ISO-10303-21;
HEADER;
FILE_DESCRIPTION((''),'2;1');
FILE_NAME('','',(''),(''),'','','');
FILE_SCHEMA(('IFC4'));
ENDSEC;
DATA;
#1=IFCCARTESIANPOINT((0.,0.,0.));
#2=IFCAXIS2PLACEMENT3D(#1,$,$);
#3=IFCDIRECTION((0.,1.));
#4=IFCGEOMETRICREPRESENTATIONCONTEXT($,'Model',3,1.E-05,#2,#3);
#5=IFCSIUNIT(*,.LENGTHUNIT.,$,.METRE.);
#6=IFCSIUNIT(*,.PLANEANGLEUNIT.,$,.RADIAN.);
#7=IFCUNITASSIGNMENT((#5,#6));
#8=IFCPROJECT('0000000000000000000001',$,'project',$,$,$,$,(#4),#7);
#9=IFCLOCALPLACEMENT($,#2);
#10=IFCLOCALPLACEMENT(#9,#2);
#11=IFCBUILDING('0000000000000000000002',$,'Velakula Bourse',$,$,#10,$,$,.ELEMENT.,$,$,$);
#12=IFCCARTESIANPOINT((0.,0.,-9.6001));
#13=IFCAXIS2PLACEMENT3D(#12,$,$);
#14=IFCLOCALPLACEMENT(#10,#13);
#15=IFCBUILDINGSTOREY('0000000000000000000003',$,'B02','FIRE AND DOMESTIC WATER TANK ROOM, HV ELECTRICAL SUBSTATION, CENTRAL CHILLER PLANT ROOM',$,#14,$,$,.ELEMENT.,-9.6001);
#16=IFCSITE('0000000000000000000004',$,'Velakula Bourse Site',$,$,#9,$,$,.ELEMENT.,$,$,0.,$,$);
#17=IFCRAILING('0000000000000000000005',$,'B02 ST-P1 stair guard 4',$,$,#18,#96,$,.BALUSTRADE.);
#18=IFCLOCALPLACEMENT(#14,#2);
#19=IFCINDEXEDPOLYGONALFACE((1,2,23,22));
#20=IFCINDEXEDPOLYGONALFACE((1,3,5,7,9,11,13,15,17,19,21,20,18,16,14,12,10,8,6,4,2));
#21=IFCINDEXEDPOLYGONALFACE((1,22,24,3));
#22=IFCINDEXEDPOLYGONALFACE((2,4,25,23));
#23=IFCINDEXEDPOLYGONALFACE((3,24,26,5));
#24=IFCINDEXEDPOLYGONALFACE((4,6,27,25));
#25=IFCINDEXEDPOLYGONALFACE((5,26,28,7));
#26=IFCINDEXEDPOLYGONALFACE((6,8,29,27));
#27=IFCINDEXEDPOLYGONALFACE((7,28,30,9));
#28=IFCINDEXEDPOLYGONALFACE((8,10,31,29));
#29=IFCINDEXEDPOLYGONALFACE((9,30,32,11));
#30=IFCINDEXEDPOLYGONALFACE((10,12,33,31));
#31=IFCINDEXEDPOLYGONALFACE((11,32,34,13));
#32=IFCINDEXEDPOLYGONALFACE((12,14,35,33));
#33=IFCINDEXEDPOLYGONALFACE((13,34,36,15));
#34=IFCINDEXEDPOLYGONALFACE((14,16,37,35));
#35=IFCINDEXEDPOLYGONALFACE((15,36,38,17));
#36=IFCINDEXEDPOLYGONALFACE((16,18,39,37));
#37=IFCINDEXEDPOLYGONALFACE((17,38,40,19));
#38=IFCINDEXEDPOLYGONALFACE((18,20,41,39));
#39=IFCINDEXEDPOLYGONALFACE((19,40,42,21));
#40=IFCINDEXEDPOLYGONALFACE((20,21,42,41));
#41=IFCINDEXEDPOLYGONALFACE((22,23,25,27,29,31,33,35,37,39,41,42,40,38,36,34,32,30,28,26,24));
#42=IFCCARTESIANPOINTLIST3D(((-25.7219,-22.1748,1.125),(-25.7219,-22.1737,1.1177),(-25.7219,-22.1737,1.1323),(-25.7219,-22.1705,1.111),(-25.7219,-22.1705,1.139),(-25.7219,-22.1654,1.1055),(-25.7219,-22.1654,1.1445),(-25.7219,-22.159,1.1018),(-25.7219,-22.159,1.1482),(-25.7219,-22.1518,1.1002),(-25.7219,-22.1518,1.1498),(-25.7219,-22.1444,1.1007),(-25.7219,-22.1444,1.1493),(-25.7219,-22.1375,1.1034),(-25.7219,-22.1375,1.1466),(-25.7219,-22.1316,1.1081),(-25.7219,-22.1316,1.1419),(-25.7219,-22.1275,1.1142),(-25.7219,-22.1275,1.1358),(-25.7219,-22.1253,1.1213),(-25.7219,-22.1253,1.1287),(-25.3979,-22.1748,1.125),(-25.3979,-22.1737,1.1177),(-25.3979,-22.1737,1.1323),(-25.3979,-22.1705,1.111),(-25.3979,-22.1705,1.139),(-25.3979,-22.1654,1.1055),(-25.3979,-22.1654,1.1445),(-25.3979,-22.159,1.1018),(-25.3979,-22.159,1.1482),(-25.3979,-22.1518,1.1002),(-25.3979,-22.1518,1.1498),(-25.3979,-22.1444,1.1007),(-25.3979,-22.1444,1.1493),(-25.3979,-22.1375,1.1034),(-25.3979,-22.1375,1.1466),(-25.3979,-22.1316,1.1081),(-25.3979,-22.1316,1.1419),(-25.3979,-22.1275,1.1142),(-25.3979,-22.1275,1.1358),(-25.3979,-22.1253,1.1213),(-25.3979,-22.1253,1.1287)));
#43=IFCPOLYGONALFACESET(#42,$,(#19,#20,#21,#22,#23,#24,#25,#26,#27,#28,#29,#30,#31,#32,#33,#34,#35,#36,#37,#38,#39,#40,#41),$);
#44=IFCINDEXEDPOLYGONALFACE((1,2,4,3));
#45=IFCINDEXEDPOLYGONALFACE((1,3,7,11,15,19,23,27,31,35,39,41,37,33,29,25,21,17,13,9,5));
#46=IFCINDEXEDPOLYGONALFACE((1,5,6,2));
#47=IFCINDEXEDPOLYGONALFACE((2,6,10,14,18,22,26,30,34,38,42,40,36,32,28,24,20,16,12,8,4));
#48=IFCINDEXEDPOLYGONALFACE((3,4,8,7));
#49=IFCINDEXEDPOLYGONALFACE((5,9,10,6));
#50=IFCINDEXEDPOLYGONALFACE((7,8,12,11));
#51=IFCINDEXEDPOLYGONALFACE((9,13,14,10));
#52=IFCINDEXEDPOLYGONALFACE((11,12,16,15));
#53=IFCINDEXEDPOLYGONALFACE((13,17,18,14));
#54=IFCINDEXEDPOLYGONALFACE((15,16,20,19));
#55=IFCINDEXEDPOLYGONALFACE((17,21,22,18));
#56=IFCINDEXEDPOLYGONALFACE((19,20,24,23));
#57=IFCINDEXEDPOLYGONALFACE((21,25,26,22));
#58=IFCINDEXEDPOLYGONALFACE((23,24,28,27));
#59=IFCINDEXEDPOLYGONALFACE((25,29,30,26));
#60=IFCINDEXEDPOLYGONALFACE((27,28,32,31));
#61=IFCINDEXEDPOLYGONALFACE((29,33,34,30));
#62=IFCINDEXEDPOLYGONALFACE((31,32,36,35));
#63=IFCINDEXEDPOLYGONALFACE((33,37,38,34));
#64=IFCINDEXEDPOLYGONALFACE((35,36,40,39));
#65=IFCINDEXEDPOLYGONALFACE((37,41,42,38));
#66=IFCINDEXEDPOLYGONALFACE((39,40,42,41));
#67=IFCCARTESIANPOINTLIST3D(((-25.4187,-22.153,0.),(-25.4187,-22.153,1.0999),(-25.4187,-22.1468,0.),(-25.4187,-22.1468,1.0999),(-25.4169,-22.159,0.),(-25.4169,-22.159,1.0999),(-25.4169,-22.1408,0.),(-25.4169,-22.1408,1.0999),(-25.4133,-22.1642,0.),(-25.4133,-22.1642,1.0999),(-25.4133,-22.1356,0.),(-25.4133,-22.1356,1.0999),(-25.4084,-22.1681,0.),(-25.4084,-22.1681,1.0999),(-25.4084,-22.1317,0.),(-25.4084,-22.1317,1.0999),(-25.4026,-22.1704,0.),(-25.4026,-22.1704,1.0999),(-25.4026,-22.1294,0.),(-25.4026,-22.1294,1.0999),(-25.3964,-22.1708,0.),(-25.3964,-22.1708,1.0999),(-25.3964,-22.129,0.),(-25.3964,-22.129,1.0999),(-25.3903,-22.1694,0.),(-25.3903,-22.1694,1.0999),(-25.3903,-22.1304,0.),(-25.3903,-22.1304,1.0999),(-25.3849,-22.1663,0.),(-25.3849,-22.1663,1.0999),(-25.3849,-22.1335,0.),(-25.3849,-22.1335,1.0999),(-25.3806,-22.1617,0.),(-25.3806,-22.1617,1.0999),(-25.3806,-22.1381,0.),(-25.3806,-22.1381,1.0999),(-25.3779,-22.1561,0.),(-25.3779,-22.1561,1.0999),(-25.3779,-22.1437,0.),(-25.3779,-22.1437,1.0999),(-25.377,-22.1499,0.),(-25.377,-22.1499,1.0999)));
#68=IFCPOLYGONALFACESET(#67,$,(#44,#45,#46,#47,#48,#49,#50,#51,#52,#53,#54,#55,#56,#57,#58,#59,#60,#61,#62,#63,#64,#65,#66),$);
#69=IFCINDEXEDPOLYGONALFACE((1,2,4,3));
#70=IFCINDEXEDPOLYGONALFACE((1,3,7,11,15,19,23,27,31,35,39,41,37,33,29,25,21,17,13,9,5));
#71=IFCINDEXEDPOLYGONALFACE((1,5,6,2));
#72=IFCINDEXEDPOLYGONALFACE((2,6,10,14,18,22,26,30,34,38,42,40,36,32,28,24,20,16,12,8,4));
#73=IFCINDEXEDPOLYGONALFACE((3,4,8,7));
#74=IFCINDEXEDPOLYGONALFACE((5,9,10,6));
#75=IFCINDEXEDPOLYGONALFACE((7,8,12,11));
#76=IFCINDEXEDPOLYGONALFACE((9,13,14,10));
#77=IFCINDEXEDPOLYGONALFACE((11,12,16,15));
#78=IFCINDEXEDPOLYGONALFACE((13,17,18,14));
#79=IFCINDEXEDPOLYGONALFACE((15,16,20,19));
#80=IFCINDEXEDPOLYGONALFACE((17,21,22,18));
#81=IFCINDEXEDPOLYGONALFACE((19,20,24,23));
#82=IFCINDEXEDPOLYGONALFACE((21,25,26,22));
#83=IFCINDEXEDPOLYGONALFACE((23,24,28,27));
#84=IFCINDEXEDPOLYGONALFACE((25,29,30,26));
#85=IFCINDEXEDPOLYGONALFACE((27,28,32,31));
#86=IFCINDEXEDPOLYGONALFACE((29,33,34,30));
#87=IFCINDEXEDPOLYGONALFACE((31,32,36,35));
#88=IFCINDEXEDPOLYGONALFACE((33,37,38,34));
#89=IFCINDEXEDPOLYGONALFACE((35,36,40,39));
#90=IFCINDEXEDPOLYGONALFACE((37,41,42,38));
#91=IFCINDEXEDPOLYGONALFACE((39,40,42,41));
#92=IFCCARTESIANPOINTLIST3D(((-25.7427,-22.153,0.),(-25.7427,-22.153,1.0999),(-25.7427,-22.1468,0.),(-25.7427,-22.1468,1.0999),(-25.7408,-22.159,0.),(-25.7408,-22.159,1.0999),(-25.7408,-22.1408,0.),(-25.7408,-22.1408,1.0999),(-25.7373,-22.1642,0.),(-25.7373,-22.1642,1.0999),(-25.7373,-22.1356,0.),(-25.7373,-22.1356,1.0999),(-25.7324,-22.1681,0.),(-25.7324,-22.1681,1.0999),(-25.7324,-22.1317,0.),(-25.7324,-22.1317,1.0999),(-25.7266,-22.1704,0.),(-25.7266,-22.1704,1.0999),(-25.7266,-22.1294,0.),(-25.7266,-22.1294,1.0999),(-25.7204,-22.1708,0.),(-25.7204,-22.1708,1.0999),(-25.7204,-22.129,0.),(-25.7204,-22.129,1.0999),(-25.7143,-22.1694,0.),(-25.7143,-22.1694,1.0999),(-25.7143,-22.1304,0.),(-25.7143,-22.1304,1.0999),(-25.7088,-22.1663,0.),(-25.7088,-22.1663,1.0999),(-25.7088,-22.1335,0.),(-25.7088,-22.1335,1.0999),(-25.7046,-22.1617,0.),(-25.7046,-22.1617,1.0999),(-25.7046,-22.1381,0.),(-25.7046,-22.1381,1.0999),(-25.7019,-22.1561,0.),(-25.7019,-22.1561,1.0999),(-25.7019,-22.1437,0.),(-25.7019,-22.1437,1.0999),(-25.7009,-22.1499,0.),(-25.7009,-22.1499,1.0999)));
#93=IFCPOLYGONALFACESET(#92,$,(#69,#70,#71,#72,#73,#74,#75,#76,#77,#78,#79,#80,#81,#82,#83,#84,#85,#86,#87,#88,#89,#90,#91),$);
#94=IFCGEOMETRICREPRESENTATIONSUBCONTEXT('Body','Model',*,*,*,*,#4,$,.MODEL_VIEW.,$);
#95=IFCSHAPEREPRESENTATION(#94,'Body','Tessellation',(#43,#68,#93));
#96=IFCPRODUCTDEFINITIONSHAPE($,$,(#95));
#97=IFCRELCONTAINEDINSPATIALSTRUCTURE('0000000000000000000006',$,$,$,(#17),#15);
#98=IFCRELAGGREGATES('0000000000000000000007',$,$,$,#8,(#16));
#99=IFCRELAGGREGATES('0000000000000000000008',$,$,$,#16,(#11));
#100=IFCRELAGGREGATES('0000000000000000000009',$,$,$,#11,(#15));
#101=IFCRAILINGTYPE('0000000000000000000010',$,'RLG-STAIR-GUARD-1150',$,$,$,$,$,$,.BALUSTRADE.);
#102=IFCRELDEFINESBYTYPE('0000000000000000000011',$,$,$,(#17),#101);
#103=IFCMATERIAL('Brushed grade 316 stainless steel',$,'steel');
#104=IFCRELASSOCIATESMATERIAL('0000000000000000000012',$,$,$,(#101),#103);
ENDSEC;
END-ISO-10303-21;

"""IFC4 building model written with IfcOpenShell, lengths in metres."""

from ifc_helpers import new_model, si_unit, direction, frame, origin, origin_2d, place, context, subcontext, project, spatial, circle, extrude, material, type_object, element, save


model = new_model("IFC4")

# Units and contexts
model_context = context("Model", 3, precision=1e-05, world=origin(), true_north=direction((0.0, 1.0)))
body_context = subcontext(model_context, "Body", "Model", "MODEL_VIEW")
ifc_project = project(units=[si_unit("LENGTHUNIT", "METRE"), si_unit("PLANEANGLEUNIT", "RADIAN")], contexts=[model_context])

# Site, building, storey
site_placement = place(None, origin())
site = spatial("IfcSite", under=ifc_project, at=site_placement, Name="Velakula Bourse Site", CompositionType="ELEMENT", RefElevation=0.0)
building_placement = place(site_placement, origin())
building = spatial("IfcBuilding", under=site, at=building_placement, Name="Velakula Bourse", CompositionType="ELEMENT")
storey_placement = place(building_placement, frame((0.0, 0.0, -9.6001)))
storey = spatial("IfcBuildingStorey", under=building, at=storey_placement, Name="B02", Description="FIRE AND DOMESTIC WATER TANK ROOM, HV ELECTRICAL SUBSTATION, CENTRAL CHILLER PLANT ROOM", CompositionType="ELEMENT", Elevation=-9.6001)

# Railing
ifc_material_1 = material(Name="Brushed grade 316 stainless steel", Category="steel")
railing_type_1 = type_object("IfcRailingType", Name="RLG-STAIR-GUARD-1150", PredefinedType="BALUSTRADE", material=ifc_material_1)
railing_1_placement = place(storey_placement, frame((-25.3979, -22.1499, 0.0)))
element("IfcRailing", 1, at=railing_1_placement, inside=storey, type_object=railing_type_1, Name="B02 ST-P1 stair guard 4", PredefinedType="BALUSTRADE", context=body_context, shape_type="SweptSolid", body=[
    extrude(circle(Radius=0.0249, at=origin_2d()), frame((0.0, 0.0, 1.125), z_axis=(-1.0, 0.0, 0.0), x_axis=(0.0, -1.0, 0.0)), (0.0, 0.0, 1.0), 0.324),
    extrude(circle(Radius=0.021, at=origin_2d()), origin(), (0.0, 0.0, 1.0), 1.0999),
    extrude(circle(Radius=0.021, at=origin_2d()), frame((-0.324, 0.0, 0.0)), (0.0, 0.0, 1.0), 1.0999),
])

save(model, "model.ifc")
